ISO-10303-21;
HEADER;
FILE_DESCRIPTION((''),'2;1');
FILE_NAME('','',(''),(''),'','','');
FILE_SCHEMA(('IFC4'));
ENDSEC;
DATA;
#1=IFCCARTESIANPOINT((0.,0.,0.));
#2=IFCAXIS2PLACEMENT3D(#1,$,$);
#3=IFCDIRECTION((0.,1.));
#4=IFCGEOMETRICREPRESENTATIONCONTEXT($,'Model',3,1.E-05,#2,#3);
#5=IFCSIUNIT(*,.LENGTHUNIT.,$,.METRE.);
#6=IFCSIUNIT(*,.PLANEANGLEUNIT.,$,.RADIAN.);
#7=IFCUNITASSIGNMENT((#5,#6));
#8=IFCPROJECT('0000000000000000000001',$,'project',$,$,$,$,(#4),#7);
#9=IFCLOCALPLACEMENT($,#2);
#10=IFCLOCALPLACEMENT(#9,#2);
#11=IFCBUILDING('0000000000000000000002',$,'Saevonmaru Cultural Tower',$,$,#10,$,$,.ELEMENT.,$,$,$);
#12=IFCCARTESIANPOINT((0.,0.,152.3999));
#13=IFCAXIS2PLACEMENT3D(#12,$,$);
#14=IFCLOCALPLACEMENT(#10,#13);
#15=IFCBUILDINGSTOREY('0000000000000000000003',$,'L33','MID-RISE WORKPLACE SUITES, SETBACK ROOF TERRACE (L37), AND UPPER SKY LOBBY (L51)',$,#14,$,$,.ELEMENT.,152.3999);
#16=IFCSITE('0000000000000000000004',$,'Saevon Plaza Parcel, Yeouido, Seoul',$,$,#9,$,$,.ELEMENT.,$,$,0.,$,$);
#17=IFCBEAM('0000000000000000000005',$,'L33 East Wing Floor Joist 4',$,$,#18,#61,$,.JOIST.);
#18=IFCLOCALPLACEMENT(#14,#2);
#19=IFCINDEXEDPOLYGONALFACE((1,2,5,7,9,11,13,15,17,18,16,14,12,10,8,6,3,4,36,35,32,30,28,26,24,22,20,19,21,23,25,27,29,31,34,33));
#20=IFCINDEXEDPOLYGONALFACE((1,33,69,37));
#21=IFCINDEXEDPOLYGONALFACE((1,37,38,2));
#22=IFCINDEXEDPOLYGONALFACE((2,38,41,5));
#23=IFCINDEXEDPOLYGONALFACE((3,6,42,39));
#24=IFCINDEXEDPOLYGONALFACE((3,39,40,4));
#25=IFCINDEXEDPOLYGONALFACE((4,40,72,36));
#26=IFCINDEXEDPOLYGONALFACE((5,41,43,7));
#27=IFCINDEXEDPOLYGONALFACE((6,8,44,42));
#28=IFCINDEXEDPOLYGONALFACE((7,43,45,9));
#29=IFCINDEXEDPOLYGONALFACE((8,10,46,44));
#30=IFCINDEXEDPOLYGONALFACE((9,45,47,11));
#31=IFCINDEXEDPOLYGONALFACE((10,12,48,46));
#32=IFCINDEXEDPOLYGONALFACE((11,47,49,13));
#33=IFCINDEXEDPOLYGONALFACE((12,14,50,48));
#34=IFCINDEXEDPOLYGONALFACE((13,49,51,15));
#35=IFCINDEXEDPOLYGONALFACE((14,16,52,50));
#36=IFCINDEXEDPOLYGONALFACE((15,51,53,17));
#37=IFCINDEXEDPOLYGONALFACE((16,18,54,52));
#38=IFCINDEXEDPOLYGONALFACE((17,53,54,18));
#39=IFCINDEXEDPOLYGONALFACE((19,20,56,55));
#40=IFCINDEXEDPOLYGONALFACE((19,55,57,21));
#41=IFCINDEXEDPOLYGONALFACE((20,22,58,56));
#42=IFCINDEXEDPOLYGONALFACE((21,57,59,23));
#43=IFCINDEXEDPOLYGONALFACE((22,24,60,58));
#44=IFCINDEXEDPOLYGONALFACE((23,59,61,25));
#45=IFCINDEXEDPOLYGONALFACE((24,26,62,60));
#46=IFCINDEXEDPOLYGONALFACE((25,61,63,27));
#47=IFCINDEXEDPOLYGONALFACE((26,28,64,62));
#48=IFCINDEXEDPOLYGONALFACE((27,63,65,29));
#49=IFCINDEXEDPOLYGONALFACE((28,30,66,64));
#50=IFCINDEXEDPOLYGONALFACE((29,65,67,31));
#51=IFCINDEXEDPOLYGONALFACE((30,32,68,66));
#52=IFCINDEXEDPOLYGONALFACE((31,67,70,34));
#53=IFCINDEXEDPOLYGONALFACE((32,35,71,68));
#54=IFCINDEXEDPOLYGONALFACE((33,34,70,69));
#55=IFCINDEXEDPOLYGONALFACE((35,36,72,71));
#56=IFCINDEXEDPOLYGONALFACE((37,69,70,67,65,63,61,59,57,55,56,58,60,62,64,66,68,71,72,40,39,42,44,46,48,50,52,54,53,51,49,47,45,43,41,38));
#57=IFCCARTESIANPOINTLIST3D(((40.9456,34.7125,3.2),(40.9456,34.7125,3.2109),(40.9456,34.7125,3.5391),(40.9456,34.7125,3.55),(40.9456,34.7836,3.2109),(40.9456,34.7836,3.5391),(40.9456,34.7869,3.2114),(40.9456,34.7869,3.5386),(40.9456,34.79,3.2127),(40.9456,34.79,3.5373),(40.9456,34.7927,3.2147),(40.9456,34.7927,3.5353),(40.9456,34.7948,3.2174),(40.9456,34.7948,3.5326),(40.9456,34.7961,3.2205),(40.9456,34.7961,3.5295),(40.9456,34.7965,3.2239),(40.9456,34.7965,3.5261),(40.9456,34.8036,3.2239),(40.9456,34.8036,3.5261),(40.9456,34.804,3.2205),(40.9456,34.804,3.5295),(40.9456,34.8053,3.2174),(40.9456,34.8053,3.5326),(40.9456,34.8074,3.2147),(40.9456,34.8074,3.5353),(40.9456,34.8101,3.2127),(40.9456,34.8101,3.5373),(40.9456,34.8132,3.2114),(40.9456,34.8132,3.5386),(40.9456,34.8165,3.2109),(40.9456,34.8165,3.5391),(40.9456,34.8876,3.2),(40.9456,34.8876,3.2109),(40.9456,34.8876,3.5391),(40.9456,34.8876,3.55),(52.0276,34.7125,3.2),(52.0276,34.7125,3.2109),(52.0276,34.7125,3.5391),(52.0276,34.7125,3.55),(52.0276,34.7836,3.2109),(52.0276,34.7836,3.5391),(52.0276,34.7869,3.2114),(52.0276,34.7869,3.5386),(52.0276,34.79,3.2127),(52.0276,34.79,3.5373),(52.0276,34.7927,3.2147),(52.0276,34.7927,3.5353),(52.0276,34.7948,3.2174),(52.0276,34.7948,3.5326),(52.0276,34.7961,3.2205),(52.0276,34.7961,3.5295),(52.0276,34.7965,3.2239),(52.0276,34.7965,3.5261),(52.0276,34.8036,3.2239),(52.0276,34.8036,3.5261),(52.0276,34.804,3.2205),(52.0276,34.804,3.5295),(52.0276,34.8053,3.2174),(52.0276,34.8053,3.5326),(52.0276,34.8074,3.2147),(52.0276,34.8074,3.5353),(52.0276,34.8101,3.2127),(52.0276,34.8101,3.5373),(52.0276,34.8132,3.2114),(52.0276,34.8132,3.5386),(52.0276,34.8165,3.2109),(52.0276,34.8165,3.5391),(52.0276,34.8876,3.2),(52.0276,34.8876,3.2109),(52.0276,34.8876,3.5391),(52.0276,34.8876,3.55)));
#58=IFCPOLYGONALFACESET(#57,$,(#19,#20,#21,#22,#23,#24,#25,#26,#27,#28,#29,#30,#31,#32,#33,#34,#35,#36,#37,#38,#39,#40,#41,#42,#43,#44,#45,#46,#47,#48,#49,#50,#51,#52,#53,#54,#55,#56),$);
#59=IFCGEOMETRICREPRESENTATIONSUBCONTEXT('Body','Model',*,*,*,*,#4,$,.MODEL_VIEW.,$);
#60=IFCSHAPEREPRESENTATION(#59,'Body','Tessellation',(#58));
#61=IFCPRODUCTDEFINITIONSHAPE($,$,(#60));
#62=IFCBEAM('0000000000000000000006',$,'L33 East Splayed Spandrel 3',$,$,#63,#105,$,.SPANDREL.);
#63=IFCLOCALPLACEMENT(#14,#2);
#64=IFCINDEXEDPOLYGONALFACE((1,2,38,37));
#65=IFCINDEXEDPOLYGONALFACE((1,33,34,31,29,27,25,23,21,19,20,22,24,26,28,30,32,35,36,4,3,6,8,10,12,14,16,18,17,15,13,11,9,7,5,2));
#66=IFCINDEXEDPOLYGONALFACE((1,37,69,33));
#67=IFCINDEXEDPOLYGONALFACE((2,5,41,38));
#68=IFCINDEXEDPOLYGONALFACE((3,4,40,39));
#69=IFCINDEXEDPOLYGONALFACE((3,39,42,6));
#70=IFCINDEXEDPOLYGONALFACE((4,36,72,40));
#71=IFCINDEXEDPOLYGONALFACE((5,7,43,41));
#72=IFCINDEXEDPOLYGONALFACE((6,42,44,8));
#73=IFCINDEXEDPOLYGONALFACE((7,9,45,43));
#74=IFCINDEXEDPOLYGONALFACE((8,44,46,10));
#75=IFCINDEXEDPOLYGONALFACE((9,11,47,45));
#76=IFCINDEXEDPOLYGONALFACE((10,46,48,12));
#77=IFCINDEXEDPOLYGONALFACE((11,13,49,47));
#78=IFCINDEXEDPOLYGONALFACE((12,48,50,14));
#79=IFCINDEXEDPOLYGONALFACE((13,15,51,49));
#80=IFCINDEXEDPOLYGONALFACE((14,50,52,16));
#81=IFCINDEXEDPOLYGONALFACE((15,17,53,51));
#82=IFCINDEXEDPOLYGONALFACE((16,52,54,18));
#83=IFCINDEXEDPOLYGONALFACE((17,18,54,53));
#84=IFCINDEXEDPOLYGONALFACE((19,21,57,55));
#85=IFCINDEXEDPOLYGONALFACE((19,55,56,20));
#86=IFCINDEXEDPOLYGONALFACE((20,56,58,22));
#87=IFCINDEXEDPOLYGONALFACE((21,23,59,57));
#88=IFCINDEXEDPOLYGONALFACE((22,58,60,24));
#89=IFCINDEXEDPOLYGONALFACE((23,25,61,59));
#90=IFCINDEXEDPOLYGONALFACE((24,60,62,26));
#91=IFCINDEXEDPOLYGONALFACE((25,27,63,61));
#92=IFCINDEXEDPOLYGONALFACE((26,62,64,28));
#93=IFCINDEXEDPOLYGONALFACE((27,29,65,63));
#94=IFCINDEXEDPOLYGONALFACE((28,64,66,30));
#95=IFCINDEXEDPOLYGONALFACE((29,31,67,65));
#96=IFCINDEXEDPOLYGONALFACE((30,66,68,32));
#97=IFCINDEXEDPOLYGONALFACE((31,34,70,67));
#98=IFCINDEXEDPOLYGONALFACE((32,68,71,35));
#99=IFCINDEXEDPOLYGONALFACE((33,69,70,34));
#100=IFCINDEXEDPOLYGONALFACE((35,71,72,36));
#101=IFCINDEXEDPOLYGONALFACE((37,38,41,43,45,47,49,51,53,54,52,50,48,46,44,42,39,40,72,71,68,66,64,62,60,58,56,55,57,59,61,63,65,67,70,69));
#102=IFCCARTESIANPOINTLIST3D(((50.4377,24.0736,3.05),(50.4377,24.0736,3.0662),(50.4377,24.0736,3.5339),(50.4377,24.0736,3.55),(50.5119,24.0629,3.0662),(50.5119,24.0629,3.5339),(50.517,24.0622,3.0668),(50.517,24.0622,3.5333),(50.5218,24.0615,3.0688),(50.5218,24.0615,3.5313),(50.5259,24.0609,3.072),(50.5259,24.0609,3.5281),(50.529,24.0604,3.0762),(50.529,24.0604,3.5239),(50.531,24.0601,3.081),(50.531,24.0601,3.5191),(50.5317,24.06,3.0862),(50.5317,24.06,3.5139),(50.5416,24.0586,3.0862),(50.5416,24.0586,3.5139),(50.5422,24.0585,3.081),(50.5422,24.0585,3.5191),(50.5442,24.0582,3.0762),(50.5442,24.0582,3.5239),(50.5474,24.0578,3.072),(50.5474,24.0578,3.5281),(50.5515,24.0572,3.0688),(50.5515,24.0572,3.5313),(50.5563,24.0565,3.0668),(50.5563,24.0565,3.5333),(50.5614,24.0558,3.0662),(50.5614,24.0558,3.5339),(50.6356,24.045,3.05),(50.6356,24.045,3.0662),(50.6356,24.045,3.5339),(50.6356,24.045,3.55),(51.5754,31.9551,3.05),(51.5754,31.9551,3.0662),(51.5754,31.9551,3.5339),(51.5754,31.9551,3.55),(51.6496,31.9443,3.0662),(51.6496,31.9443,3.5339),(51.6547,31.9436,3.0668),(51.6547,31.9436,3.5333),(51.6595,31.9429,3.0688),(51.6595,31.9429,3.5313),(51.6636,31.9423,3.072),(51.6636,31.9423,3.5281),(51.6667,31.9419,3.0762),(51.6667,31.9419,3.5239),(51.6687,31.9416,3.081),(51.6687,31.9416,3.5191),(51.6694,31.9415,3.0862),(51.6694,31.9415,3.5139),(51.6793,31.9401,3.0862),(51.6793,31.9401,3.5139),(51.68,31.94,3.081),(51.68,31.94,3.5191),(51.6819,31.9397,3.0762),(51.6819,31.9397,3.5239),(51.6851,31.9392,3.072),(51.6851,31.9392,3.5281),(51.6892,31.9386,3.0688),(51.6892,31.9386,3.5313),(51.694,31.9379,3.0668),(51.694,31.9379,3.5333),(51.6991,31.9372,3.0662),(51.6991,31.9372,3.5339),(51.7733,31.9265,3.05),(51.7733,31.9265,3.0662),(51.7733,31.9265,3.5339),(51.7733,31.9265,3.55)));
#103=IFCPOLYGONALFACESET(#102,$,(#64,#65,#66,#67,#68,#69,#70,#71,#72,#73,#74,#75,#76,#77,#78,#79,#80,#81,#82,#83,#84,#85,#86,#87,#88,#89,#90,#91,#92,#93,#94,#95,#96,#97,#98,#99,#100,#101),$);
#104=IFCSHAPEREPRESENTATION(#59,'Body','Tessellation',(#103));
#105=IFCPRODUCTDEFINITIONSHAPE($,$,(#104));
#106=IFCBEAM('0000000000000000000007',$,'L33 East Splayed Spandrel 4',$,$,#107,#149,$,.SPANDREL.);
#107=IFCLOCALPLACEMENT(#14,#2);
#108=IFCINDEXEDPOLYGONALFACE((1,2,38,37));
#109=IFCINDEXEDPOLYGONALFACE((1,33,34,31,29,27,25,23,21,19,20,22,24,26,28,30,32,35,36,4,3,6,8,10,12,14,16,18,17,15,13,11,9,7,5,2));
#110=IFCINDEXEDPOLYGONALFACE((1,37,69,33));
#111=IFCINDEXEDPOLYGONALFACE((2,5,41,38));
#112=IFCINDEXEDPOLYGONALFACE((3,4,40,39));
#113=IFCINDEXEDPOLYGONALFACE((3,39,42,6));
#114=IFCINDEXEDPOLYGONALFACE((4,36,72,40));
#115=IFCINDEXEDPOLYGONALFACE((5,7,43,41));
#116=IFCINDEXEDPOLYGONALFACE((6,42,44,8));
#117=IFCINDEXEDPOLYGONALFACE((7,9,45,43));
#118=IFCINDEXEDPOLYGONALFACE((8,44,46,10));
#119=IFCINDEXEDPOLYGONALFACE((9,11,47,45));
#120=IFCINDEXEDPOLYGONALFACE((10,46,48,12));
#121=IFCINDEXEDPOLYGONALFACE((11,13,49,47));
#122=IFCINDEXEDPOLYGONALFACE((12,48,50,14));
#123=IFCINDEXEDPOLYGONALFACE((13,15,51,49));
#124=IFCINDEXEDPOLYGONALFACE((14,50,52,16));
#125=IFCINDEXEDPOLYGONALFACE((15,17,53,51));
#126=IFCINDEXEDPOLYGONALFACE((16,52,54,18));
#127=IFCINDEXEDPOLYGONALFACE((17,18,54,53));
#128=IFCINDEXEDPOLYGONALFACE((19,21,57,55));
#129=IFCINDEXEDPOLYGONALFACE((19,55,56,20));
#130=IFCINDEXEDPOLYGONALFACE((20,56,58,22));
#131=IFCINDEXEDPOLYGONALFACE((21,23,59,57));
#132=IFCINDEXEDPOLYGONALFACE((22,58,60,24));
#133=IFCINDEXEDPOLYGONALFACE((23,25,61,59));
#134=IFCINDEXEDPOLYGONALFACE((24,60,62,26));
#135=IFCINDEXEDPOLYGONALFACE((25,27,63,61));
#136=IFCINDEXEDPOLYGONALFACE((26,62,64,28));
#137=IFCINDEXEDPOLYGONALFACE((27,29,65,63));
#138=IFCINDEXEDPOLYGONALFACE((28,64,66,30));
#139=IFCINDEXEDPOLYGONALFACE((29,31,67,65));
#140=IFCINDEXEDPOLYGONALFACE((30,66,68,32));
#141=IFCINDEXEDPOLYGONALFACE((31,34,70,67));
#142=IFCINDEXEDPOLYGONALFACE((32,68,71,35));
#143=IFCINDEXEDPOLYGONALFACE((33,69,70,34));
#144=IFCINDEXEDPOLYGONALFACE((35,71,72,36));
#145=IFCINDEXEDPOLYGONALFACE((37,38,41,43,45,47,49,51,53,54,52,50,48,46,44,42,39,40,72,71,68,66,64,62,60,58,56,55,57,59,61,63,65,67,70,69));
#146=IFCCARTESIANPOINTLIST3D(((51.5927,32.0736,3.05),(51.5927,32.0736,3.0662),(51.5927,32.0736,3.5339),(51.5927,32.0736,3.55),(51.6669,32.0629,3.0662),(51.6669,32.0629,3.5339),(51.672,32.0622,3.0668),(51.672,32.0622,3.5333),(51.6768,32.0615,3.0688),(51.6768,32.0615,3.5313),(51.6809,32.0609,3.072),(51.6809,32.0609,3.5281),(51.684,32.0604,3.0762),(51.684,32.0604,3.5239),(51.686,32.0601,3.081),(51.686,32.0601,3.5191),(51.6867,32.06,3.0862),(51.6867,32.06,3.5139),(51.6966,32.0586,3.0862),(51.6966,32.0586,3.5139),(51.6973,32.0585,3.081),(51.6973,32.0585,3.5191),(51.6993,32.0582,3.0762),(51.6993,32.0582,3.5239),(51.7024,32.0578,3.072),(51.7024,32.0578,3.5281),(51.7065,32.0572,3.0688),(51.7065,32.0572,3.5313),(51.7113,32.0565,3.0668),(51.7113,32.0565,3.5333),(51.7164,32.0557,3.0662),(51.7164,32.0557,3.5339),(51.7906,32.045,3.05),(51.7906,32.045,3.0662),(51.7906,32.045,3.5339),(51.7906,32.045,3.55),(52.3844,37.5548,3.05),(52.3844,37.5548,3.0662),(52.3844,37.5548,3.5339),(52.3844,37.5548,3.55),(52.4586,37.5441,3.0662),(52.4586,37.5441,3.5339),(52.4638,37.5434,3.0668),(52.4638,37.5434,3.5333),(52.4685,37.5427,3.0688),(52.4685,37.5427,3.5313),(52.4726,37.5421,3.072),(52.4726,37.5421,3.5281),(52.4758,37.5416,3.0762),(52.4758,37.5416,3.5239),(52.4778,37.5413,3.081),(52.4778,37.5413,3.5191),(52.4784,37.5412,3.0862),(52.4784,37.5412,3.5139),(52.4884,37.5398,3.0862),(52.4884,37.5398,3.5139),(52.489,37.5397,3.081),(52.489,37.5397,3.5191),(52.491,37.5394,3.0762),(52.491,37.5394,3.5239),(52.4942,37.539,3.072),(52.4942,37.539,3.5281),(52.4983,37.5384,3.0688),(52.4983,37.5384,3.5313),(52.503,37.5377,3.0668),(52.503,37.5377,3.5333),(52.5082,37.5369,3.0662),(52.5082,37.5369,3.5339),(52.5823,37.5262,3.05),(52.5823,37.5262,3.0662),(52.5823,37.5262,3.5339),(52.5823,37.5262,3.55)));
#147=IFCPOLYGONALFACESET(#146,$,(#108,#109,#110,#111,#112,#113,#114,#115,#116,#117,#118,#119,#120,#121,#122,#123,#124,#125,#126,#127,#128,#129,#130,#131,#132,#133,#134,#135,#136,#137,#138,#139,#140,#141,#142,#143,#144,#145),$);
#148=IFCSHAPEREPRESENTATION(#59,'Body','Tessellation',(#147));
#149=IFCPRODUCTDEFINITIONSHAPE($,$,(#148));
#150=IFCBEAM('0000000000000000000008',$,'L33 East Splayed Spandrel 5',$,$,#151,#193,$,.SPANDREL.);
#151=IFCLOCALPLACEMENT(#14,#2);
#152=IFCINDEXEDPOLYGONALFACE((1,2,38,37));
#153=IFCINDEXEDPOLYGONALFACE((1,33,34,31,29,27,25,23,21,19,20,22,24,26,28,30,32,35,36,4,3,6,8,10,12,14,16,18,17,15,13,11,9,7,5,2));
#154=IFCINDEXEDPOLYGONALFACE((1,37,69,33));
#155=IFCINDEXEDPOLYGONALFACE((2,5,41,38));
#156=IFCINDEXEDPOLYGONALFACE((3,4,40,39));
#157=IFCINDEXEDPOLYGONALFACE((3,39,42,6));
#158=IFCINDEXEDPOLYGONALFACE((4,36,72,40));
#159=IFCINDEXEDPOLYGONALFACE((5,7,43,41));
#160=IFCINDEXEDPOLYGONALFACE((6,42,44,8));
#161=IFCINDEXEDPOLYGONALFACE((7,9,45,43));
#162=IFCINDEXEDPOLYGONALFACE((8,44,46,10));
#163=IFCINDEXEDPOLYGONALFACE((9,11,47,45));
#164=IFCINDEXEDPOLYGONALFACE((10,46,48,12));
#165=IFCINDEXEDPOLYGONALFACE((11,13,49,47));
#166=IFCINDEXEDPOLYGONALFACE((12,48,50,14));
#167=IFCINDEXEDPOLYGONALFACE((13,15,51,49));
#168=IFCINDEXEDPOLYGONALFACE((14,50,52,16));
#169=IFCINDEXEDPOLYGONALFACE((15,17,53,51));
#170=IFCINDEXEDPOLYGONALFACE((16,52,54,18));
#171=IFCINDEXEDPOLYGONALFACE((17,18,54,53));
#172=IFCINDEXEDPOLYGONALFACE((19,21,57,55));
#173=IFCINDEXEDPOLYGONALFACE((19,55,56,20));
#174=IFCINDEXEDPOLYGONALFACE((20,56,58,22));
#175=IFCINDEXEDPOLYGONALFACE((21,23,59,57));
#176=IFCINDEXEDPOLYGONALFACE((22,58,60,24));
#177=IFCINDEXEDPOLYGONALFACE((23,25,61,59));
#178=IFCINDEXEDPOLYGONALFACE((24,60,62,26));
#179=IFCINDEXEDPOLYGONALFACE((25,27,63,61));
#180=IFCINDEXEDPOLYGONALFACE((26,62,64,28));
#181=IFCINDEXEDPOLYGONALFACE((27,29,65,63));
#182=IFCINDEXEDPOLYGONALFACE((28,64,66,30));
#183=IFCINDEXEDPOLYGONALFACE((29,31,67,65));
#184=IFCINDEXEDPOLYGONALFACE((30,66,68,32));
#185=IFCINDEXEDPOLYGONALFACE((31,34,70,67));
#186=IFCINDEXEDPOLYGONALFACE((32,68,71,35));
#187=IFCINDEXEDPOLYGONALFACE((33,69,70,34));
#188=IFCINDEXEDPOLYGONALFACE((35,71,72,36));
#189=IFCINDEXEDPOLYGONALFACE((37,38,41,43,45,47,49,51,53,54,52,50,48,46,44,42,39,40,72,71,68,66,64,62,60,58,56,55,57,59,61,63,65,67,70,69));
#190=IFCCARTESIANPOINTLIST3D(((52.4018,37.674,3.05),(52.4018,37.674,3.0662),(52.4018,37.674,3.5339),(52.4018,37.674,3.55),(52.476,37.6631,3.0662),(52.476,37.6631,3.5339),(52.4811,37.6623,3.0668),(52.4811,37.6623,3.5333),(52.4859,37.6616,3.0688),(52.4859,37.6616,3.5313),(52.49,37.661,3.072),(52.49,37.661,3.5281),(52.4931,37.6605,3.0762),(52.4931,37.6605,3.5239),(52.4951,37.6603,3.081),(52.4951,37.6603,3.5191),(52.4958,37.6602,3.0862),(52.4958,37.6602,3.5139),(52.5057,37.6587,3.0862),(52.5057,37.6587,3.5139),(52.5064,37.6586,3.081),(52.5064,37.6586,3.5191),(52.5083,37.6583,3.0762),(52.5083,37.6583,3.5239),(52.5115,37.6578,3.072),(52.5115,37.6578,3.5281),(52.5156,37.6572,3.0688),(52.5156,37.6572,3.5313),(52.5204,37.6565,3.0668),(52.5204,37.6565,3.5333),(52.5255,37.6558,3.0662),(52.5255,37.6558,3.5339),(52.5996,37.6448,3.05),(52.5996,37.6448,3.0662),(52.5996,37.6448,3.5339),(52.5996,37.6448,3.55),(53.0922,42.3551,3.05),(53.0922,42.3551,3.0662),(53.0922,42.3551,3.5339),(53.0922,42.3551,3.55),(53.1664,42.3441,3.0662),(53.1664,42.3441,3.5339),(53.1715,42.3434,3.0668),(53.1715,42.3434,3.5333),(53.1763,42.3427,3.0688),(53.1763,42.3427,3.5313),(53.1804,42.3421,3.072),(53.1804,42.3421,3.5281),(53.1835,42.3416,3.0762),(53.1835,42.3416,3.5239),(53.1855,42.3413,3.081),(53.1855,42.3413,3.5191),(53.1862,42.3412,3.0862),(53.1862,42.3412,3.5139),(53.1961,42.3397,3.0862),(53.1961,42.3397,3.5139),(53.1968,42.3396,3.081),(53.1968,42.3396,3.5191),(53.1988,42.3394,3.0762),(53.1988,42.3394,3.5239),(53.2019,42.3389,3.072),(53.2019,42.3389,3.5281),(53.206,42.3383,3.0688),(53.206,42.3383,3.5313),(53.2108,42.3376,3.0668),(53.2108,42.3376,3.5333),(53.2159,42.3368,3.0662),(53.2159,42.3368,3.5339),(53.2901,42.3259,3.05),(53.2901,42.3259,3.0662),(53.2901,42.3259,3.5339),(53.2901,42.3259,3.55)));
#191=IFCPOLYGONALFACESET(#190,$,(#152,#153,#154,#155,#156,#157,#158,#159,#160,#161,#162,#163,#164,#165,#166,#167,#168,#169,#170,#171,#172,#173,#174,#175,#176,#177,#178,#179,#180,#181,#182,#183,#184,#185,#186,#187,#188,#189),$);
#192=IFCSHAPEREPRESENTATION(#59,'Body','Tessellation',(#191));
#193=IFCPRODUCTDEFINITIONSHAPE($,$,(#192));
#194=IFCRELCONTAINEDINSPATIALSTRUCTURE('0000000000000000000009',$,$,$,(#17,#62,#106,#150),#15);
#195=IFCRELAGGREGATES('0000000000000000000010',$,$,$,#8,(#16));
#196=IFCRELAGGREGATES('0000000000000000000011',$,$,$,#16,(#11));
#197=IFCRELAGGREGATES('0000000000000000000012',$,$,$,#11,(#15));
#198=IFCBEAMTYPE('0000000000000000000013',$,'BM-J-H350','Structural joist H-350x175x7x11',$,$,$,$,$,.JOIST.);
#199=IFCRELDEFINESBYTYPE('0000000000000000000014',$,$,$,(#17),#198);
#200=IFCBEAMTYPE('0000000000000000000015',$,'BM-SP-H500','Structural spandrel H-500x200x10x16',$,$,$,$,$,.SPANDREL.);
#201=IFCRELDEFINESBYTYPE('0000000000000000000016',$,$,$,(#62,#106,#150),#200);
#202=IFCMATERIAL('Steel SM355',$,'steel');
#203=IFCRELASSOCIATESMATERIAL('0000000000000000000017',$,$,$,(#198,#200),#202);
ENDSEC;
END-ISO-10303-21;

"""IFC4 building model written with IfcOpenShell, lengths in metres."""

from ifc_helpers import new_model, si_unit, direction, frame, origin, origin_2d, place, context, subcontext, project, spatial, i_section, extrude, material, material_profile, profile_set, type_object, element, save


model = new_model("IFC4")

# Units and contexts
model_context = context("Model", 3, precision=1e-05, world=origin(), true_north=direction((0.0, 1.0)))
body_context = subcontext(model_context, "Body", "Model", "MODEL_VIEW")
ifc_project = project(units=[si_unit("LENGTHUNIT", "METRE"), si_unit("PLANEANGLEUNIT", "RADIAN")], contexts=[model_context])

# Site, building, storey
site_placement = place(None, origin())
site = spatial("IfcSite", under=ifc_project, at=site_placement, Name="Saevon Plaza Parcel, Yeouido, Seoul", CompositionType="ELEMENT", RefElevation=0.0)
building_placement = place(site_placement, origin())
building = spatial("IfcBuilding", under=site, at=building_placement, Name="Saevonmaru Cultural Tower", CompositionType="ELEMENT")
storey_placement = place(building_placement, frame((0.0, 0.0, 152.3999)))
storey = spatial("IfcBuildingStorey", under=building, at=storey_placement, Name="L33", Description="MID-RISE WORKPLACE SUITES, SETBACK ROOF TERRACE (L37), AND UPPER SKY LOBBY (L51)", CompositionType="ELEMENT", Elevation=152.3999)

# Shared definitions
ifc_material_1 = material(Name="Steel SM355", Category="steel")

# Beams
ifc_material_profile_1 = material_profile(ifc_material_1, i_section(OverallWidth=0.175, OverallDepth=0.3501, WebThickness=0.0071, FlangeThickness=0.011, FilletRadius=0.0129, at=origin_2d()), Name="H-350x175x7x11")
ifc_profile_set_1 = profile_set([ifc_material_profile_1], Name="Steel SM355")
beam_type_1 = type_object("IfcBeamType", Name="BM-J-H350", Description="Structural joist H-350x175x7x11", PredefinedType="JOIST", material=ifc_profile_set_1)
beam_1_placement = place(storey_placement, frame((40.9456, 34.8, 3.375), z_axis=(1.0, 0.0, 0.0), x_axis=(0.0, 1.0, 0.0)))
element("IfcBeam", 1, at=beam_1_placement, inside=storey, type_object=beam_type_1, Name="L33 East Wing Floor Joist 4", PredefinedType="JOIST", context=body_context, shape_type="SweptSolid", body=[
    extrude(i_section(OverallWidth=0.175, OverallDepth=0.3501, WebThickness=0.0071, FlangeThickness=0.011, FilletRadius=0.0129, at=origin_2d()), origin(), (0.0, 0.0, 1.0), 11.082),
])
ifc_material_profile_2 = material_profile(ifc_material_1, i_section(OverallWidth=0.2, OverallDepth=0.5, WebThickness=0.01, FlangeThickness=0.0161, FilletRadius=0.02, at=origin_2d()), Name="H-500x200x10x16")
ifc_profile_set_2 = profile_set([ifc_material_profile_2], Name="Steel SM355")
beam_type_2 = type_object("IfcBeamType", Name="BM-SP-H500", Description="Structural spandrel H-500x200x10x16", PredefinedType="SPANDREL", material=ifc_profile_set_2)
beam_2_placement = place(storey_placement, frame((50.5366, 24.0593, 3.3), z_axis=(0.142872, 0.989741, 0.0), x_axis=(-0.989741, 0.142872, 0.0)))
element("IfcBeam", 2, at=beam_2_placement, inside=storey, type_object=beam_type_2, Name="L33 East Splayed Spandrel 3", PredefinedType="SPANDREL", context=body_context, shape_type="SweptSolid", body=[
    extrude(i_section(OverallWidth=0.2, OverallDepth=0.5, WebThickness=0.01, FlangeThickness=0.0161, FilletRadius=0.02, at=origin_2d()), origin(), (0.0, 0.0, 1.0), 7.9631),
])
beam_3_placement = place(storey_placement, frame((51.6917, 32.0593, 3.3), z_axis=(0.142964, 0.989728, 0.0), x_axis=(-0.989728, 0.142964, 0.0)))
element("IfcBeam", 3, at=beam_3_placement, inside=storey, type_object=beam_type_2, Name="L33 East Splayed Spandrel 4", PredefinedType="SPANDREL", context=body_context, shape_type="SweptSolid", body=[
    extrude(i_section(OverallWidth=0.2, OverallDepth=0.5, WebThickness=0.01, FlangeThickness=0.0161, FilletRadius=0.02, at=origin_2d()), origin(), (0.0, 0.0, 1.0), 5.5381),
])
beam_4_placement = place(storey_placement, frame((52.5007, 37.6594, 3.3), z_axis=(0.145913, 0.989297, 0.0), x_axis=(-0.989297, 0.145913, 0.0)))
element("IfcBeam", 4, at=beam_4_placement, inside=storey, type_object=beam_type_2, Name="L33 East Splayed Spandrel 5", PredefinedType="SPANDREL", context=body_context, shape_type="SweptSolid", body=[
    extrude(i_section(OverallWidth=0.2, OverallDepth=0.5, WebThickness=0.01, FlangeThickness=0.0161, FilletRadius=0.02, at=origin_2d()), origin(), (0.0, 0.0, 1.0), 4.7317),
])

save(model, "model.ifc")
